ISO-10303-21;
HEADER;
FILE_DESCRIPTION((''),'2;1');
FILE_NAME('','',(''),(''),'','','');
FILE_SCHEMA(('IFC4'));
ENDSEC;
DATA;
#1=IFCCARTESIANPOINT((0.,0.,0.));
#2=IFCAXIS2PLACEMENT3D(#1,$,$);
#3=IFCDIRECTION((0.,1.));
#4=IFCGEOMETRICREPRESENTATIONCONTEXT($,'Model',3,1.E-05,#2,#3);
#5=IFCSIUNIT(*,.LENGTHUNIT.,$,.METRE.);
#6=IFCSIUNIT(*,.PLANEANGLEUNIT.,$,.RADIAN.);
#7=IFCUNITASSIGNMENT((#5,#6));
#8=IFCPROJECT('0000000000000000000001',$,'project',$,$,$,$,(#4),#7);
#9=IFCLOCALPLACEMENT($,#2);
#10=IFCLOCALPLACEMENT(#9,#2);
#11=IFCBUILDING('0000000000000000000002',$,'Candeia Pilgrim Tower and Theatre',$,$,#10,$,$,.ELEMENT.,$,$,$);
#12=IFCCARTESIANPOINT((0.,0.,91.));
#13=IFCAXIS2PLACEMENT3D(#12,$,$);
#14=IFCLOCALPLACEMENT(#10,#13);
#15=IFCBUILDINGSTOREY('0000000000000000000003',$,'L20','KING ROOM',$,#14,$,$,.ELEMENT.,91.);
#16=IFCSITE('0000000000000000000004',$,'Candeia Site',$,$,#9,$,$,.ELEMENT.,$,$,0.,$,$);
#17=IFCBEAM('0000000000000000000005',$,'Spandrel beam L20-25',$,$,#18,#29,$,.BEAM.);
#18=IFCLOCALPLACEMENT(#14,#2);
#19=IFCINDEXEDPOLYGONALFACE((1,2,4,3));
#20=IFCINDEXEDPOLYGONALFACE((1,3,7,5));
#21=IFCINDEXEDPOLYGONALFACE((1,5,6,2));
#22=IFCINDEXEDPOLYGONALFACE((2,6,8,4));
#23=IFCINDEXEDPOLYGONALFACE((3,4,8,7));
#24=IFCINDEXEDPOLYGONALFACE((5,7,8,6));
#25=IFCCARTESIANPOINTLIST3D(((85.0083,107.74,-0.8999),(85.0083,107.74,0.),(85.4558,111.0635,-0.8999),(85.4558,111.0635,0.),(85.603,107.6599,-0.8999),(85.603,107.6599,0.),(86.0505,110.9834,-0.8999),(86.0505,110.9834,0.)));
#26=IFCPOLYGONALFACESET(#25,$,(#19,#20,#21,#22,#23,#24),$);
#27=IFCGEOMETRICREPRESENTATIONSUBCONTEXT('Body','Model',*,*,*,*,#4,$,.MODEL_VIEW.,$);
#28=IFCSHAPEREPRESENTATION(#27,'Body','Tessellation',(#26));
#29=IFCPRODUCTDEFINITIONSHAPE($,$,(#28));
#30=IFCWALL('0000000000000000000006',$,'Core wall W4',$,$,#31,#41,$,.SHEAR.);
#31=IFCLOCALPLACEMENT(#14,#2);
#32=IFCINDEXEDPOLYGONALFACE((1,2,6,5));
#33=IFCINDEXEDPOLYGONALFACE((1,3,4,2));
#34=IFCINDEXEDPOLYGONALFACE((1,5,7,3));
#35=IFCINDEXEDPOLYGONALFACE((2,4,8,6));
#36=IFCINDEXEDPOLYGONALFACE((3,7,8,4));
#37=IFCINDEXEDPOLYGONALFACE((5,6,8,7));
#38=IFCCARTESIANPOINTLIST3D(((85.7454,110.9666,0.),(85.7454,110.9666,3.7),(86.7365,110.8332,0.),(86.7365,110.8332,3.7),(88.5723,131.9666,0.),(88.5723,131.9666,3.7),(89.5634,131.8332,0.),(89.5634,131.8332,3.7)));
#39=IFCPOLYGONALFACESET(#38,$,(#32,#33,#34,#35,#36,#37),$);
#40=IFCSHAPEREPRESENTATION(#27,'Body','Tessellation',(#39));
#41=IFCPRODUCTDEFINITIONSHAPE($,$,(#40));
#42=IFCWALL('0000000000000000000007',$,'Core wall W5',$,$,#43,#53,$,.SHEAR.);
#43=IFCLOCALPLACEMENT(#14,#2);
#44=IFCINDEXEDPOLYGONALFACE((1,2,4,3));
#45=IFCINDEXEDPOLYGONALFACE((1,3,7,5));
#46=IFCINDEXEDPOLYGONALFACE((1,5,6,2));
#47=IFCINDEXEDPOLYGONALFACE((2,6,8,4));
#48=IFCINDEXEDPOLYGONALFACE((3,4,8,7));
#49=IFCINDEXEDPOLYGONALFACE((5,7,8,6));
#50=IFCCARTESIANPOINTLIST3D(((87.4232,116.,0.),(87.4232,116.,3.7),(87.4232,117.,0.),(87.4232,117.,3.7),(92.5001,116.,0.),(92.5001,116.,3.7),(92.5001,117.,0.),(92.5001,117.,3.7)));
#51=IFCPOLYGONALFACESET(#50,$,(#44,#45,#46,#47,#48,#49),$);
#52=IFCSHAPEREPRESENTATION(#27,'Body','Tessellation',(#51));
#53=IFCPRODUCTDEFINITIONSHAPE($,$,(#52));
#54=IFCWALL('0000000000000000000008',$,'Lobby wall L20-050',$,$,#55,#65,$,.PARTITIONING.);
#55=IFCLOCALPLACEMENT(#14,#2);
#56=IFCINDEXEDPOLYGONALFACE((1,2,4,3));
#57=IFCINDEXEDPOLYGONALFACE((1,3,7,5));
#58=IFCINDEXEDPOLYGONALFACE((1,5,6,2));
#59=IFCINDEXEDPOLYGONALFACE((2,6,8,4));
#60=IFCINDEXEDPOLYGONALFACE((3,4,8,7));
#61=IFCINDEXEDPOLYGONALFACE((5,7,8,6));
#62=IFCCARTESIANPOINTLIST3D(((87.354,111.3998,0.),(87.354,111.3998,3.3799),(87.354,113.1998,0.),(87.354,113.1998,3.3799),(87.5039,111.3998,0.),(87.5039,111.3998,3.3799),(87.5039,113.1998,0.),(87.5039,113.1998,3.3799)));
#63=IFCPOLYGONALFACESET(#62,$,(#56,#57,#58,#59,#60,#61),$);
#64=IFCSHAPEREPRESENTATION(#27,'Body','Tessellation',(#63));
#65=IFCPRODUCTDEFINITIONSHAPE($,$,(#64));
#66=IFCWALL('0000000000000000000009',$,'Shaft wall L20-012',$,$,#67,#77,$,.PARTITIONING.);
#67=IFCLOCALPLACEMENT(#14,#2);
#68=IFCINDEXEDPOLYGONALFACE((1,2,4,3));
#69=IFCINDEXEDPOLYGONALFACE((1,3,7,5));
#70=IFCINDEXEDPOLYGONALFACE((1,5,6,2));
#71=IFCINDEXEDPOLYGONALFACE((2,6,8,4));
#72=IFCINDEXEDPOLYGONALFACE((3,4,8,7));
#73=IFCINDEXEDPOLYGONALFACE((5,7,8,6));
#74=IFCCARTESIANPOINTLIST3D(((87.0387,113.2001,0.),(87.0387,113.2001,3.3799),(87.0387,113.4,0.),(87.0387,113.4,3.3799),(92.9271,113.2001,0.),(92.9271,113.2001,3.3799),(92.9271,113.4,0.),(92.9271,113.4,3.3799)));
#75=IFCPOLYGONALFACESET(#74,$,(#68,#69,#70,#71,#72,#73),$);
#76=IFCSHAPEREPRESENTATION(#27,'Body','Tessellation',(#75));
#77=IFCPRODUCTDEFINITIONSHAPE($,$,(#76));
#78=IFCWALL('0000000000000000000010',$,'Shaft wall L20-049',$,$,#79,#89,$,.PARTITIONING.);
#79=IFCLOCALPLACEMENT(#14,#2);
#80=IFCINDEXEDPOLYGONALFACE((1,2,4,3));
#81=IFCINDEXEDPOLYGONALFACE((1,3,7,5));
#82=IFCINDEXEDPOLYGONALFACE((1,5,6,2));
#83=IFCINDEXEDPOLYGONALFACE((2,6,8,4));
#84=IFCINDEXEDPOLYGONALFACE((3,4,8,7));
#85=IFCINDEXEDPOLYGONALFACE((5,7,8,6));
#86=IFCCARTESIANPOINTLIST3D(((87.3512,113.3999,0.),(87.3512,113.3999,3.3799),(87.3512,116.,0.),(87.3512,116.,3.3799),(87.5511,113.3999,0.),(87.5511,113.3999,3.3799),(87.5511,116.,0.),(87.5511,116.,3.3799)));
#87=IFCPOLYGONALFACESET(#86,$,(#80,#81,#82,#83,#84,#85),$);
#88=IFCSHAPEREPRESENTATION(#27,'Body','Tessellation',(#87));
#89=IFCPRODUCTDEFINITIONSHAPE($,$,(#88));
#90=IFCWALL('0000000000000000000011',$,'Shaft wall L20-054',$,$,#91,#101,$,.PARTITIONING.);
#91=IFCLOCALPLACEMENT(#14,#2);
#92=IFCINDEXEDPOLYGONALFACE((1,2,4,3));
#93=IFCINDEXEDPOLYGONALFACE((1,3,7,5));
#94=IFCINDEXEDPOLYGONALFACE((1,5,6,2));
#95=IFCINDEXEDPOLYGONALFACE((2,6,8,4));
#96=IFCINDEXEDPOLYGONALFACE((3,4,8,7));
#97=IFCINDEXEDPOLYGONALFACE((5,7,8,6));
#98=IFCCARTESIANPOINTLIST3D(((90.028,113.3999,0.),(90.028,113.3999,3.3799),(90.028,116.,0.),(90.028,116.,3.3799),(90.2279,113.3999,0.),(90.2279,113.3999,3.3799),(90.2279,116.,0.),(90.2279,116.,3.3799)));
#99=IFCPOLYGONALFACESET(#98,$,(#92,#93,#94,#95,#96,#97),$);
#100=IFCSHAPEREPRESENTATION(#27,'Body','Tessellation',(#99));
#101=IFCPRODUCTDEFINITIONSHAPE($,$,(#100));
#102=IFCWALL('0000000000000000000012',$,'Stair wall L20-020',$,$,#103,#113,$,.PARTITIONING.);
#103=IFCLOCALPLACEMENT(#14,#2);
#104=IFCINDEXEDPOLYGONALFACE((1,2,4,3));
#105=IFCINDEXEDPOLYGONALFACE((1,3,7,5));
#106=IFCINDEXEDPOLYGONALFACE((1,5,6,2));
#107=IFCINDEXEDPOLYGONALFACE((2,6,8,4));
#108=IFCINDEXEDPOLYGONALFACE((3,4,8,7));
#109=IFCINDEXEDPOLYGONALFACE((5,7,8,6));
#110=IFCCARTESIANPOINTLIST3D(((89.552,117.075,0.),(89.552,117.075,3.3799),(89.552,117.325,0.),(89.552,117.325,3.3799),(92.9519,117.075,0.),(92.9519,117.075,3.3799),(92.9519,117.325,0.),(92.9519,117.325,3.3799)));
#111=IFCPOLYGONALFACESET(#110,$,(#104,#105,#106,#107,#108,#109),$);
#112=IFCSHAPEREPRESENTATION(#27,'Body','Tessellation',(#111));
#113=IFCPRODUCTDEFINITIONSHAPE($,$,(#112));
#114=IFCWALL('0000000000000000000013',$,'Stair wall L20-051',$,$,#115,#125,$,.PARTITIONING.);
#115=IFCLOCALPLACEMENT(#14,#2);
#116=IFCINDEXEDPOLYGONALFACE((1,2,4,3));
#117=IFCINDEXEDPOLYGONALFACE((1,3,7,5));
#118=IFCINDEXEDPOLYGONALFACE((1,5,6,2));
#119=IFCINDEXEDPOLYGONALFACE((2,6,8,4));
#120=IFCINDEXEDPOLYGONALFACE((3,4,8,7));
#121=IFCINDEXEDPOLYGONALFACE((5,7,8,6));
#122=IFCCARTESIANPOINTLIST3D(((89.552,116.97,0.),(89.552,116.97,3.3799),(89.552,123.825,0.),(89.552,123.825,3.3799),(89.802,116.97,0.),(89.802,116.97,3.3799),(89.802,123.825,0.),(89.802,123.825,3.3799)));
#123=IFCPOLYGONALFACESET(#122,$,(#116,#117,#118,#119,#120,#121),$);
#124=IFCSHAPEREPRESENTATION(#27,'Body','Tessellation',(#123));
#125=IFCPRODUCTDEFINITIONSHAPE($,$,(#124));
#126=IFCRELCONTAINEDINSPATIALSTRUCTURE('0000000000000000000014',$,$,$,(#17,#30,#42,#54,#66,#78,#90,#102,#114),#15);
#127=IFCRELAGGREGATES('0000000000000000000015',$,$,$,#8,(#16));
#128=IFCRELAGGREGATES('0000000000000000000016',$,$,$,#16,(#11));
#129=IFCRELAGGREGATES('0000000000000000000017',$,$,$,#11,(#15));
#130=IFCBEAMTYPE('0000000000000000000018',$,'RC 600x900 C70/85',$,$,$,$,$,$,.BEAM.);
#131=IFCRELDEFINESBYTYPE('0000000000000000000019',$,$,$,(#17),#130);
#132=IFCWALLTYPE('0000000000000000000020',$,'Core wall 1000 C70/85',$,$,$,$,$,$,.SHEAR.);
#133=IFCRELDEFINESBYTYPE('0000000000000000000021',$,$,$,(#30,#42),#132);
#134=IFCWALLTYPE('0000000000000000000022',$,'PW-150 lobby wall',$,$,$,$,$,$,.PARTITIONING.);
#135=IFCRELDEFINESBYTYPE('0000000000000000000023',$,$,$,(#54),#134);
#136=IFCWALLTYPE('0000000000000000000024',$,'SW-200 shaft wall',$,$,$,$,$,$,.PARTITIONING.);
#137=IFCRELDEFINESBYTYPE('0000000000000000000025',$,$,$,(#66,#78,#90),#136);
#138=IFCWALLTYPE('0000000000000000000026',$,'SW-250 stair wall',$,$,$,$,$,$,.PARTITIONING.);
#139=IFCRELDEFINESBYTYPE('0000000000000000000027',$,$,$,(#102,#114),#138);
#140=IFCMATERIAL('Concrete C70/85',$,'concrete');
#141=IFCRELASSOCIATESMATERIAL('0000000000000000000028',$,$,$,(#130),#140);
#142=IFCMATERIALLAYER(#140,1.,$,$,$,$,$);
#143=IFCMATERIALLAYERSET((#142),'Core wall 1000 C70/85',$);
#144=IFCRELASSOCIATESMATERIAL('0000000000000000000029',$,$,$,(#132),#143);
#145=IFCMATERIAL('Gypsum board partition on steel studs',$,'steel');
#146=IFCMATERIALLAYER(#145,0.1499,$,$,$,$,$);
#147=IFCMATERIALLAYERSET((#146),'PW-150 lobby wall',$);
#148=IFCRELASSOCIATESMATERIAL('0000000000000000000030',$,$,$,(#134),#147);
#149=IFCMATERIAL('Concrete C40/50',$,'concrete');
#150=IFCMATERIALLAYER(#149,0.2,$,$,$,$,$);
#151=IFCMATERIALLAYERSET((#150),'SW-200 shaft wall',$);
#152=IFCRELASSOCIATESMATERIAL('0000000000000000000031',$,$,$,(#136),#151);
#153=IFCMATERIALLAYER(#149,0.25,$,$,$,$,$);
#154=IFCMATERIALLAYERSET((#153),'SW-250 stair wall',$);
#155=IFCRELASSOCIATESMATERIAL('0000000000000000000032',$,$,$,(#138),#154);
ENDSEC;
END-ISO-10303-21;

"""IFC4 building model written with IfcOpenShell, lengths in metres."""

from ifc_helpers import new_model, si_unit, direction, frame, frame_2d, origin, origin_2d, place, context, subcontext, project, spatial, rectangle, extrude, material, layer, layer_set, material_profile, profile_set, type_object, element, save


model = new_model("IFC4")

# Units and contexts
model_context = context("Model", 3, precision=1e-05, world=origin(), true_north=direction((0.0, 1.0)))
body_context = subcontext(model_context, "Body", "Model", "MODEL_VIEW")
ifc_project = project(units=[si_unit("LENGTHUNIT", "METRE"), si_unit("PLANEANGLEUNIT", "RADIAN")], contexts=[model_context])

# Site, building, storey
site_placement = place(None, origin())
site = spatial("IfcSite", under=ifc_project, at=site_placement, Name="Candeia Site", CompositionType="ELEMENT", RefElevation=0.0)
building_placement = place(site_placement, origin())
building = spatial("IfcBuilding", under=site, at=building_placement, Name="Candeia Pilgrim Tower and Theatre", CompositionType="ELEMENT")
storey_placement = place(building_placement, frame((0.0, 0.0, 91.0)))
storey = spatial("IfcBuildingStorey", under=building, at=storey_placement, Name="L20", Description="KING ROOM", CompositionType="ELEMENT", Elevation=91.0)

# Beam
ifc_material_1 = material(Name="Concrete C70/85", Category="concrete")
ifc_material_profile = material_profile(ifc_material_1, rectangle(XDim=0.6001, YDim=0.8999, at=origin_2d()))
ifc_profile_set = profile_set([ifc_material_profile], Name="Concrete C70/85")
beam_type = type_object("IfcBeamType", Name="RC 600x900 C70/85", PredefinedType="BEAM", material=ifc_profile_set)
beam_placement = place(storey_placement, frame((85.7532, 111.0234, -0.45), z_axis=(-0.133446, -0.991056, 0.0), x_axis=(0.991056, -0.133446, 0.0)))
element("IfcBeam", 1, at=beam_placement, inside=storey, type_object=beam_type, Name="Spandrel beam L20-25", PredefinedType="BEAM", context=body_context, shape_type="SweptSolid", body=[
    extrude(rectangle(XDim=0.6001, YDim=0.8999, at=origin_2d()), origin(), (0.0, 0.0, 1.0), 3.3535),
])

# Walls
ifc_layer_1 = layer(ifc_material_1, 1.0)
ifc_layer_set_1 = layer_set([ifc_layer_1], Name="Core wall 1000 C70/85")
wall_type_1 = type_object("IfcWallType", Name="Core wall 1000 C70/85", PredefinedType="SHEAR", material=ifc_layer_set_1)
wall_1_placement = place(storey_placement, frame((86.241, 110.8999, 0.0), z_axis=(0.0, 0.0, 1.0), x_axis=(0.133411, 0.991061, 0.0)))
element("IfcWall", 2, at=wall_1_placement, inside=storey, type_object=wall_type_1, Name="Core wall W4", PredefinedType="SHEAR", context=body_context, shape_type="SweptSolid", body=[
    extrude(rectangle(XDim=21.1895, YDim=1.0, at=frame_2d((10.5947, 0.0))), origin(), (0.0, 0.0, 1.0), 3.7),
])
wall_2_placement = place(storey_placement, frame((87.4231, 116.5, 0.0), z_axis=(0.0, 0.0, 1.0), x_axis=(1.0, 0.0, 0.0)))
element("IfcWall", 3, at=wall_2_placement, inside=storey, type_object=wall_type_1, Name="Core wall W5", PredefinedType="SHEAR", context=body_context, shape_type="SweptSolid", body=[
    extrude(rectangle(XDim=5.0769, YDim=1.0, at=frame_2d((2.5386, 0.0))), origin(), (0.0, 0.0, 1.0), 3.7),
])
ifc_material_2 = material(Name="Gypsum board partition on steel studs", Category="steel")
ifc_layer_2 = layer(ifc_material_2, 0.1499)
ifc_layer_set_2 = layer_set([ifc_layer_2], Name="PW-150 lobby wall")
wall_type_2 = type_object("IfcWallType", Name="PW-150 lobby wall", PredefinedType="PARTITIONING", material=ifc_layer_set_2)
wall_3_placement = place(storey_placement, frame((87.429, 111.3999, 0.0), z_axis=(0.0, 0.0, 1.0), x_axis=(0.0, 1.0, 0.0)))
element("IfcWall", 4, at=wall_3_placement, inside=storey, type_object=wall_type_2, Name="Lobby wall L20-050", PredefinedType="PARTITIONING", context=body_context, shape_type="SweptSolid", body=[
    extrude(rectangle(XDim=1.8, YDim=0.1499, at=frame_2d((0.8999, 0.0))), origin(), (0.0, 0.0, 1.0), 3.3799),
])
ifc_material_3 = material(Name="Concrete C40/50", Category="concrete")
ifc_layer_3 = layer(ifc_material_3, 0.2)
ifc_layer_set_3 = layer_set([ifc_layer_3], Name="SW-200 shaft wall")
wall_type_3 = type_object("IfcWallType", Name="SW-200 shaft wall", PredefinedType="PARTITIONING", material=ifc_layer_set_3)
wall_4_placement = place(storey_placement, frame((87.0386, 113.3, 0.0), z_axis=(0.0, 0.0, 1.0), x_axis=(1.0, 0.0, 0.0)))
element("IfcWall", 5, at=wall_4_placement, inside=storey, type_object=wall_type_3, Name="Shaft wall L20-012", PredefinedType="PARTITIONING", context=body_context, shape_type="SweptSolid", body=[
    extrude(rectangle(XDim=5.8884, YDim=0.2, at=frame_2d((2.9443, 0.0))), origin(), (0.0, 0.0, 1.0), 3.3799),
])
for number, where, z_axis, x_axis, name in (
    (6, (87.4512, 113.3999, 0.0), (0.0, 0.0, 1.0), (0.0, 1.0, 0.0), "Shaft wall L20-049"),
    (7, (90.1279, 113.3999, 0.0), (0.0, 0.0, 1.0), (0.0, 1.0, 0.0), "Shaft wall L20-054"),
):
    element("IfcWall", number, at=place(storey_placement, frame(where, z_axis=z_axis, x_axis=x_axis)), inside=storey, type_object=wall_type_3, Name=name, PredefinedType="PARTITIONING", context=body_context, shape_type="SweptSolid", body=[
        extrude(rectangle(XDim=2.6001, YDim=0.2, at=frame_2d((1.3, 0.0))), origin(), (0.0, 0.0, 1.0), 3.3799),
    ])
ifc_layer_4 = layer(ifc_material_3, 0.25)
ifc_layer_set_4 = layer_set([ifc_layer_4], Name="SW-250 stair wall")
wall_type_4 = type_object("IfcWallType", Name="SW-250 stair wall", PredefinedType="PARTITIONING", material=ifc_layer_set_4)
wall_5_placement = place(storey_placement, frame((89.552, 117.2, 0.0), z_axis=(0.0, 0.0, 1.0), x_axis=(1.0, 0.0, 0.0)))
element("IfcWall", 8, at=wall_5_placement, inside=storey, type_object=wall_type_4, Name="Stair wall L20-020", PredefinedType="PARTITIONING", context=body_context, shape_type="SweptSolid", body=[
    extrude(rectangle(XDim=3.3999, YDim=0.25, at=frame_2d((1.7, 0.0))), origin(), (0.0, 0.0, 1.0), 3.3799),
])
wall_6_placement = place(storey_placement, frame((89.677, 116.97, 0.0), z_axis=(0.0, 0.0, 1.0), x_axis=(0.0, 1.0, 0.0)))
element("IfcWall", 9, at=wall_6_placement, inside=storey, type_object=wall_type_4, Name="Stair wall L20-051", PredefinedType="PARTITIONING", context=body_context, shape_type="SweptSolid", body=[
    extrude(rectangle(XDim=6.855, YDim=0.25, at=frame_2d((3.4275, 0.0))), origin(), (0.0, 0.0, 1.0), 3.3799),
])

save(model, "model.ifc")
